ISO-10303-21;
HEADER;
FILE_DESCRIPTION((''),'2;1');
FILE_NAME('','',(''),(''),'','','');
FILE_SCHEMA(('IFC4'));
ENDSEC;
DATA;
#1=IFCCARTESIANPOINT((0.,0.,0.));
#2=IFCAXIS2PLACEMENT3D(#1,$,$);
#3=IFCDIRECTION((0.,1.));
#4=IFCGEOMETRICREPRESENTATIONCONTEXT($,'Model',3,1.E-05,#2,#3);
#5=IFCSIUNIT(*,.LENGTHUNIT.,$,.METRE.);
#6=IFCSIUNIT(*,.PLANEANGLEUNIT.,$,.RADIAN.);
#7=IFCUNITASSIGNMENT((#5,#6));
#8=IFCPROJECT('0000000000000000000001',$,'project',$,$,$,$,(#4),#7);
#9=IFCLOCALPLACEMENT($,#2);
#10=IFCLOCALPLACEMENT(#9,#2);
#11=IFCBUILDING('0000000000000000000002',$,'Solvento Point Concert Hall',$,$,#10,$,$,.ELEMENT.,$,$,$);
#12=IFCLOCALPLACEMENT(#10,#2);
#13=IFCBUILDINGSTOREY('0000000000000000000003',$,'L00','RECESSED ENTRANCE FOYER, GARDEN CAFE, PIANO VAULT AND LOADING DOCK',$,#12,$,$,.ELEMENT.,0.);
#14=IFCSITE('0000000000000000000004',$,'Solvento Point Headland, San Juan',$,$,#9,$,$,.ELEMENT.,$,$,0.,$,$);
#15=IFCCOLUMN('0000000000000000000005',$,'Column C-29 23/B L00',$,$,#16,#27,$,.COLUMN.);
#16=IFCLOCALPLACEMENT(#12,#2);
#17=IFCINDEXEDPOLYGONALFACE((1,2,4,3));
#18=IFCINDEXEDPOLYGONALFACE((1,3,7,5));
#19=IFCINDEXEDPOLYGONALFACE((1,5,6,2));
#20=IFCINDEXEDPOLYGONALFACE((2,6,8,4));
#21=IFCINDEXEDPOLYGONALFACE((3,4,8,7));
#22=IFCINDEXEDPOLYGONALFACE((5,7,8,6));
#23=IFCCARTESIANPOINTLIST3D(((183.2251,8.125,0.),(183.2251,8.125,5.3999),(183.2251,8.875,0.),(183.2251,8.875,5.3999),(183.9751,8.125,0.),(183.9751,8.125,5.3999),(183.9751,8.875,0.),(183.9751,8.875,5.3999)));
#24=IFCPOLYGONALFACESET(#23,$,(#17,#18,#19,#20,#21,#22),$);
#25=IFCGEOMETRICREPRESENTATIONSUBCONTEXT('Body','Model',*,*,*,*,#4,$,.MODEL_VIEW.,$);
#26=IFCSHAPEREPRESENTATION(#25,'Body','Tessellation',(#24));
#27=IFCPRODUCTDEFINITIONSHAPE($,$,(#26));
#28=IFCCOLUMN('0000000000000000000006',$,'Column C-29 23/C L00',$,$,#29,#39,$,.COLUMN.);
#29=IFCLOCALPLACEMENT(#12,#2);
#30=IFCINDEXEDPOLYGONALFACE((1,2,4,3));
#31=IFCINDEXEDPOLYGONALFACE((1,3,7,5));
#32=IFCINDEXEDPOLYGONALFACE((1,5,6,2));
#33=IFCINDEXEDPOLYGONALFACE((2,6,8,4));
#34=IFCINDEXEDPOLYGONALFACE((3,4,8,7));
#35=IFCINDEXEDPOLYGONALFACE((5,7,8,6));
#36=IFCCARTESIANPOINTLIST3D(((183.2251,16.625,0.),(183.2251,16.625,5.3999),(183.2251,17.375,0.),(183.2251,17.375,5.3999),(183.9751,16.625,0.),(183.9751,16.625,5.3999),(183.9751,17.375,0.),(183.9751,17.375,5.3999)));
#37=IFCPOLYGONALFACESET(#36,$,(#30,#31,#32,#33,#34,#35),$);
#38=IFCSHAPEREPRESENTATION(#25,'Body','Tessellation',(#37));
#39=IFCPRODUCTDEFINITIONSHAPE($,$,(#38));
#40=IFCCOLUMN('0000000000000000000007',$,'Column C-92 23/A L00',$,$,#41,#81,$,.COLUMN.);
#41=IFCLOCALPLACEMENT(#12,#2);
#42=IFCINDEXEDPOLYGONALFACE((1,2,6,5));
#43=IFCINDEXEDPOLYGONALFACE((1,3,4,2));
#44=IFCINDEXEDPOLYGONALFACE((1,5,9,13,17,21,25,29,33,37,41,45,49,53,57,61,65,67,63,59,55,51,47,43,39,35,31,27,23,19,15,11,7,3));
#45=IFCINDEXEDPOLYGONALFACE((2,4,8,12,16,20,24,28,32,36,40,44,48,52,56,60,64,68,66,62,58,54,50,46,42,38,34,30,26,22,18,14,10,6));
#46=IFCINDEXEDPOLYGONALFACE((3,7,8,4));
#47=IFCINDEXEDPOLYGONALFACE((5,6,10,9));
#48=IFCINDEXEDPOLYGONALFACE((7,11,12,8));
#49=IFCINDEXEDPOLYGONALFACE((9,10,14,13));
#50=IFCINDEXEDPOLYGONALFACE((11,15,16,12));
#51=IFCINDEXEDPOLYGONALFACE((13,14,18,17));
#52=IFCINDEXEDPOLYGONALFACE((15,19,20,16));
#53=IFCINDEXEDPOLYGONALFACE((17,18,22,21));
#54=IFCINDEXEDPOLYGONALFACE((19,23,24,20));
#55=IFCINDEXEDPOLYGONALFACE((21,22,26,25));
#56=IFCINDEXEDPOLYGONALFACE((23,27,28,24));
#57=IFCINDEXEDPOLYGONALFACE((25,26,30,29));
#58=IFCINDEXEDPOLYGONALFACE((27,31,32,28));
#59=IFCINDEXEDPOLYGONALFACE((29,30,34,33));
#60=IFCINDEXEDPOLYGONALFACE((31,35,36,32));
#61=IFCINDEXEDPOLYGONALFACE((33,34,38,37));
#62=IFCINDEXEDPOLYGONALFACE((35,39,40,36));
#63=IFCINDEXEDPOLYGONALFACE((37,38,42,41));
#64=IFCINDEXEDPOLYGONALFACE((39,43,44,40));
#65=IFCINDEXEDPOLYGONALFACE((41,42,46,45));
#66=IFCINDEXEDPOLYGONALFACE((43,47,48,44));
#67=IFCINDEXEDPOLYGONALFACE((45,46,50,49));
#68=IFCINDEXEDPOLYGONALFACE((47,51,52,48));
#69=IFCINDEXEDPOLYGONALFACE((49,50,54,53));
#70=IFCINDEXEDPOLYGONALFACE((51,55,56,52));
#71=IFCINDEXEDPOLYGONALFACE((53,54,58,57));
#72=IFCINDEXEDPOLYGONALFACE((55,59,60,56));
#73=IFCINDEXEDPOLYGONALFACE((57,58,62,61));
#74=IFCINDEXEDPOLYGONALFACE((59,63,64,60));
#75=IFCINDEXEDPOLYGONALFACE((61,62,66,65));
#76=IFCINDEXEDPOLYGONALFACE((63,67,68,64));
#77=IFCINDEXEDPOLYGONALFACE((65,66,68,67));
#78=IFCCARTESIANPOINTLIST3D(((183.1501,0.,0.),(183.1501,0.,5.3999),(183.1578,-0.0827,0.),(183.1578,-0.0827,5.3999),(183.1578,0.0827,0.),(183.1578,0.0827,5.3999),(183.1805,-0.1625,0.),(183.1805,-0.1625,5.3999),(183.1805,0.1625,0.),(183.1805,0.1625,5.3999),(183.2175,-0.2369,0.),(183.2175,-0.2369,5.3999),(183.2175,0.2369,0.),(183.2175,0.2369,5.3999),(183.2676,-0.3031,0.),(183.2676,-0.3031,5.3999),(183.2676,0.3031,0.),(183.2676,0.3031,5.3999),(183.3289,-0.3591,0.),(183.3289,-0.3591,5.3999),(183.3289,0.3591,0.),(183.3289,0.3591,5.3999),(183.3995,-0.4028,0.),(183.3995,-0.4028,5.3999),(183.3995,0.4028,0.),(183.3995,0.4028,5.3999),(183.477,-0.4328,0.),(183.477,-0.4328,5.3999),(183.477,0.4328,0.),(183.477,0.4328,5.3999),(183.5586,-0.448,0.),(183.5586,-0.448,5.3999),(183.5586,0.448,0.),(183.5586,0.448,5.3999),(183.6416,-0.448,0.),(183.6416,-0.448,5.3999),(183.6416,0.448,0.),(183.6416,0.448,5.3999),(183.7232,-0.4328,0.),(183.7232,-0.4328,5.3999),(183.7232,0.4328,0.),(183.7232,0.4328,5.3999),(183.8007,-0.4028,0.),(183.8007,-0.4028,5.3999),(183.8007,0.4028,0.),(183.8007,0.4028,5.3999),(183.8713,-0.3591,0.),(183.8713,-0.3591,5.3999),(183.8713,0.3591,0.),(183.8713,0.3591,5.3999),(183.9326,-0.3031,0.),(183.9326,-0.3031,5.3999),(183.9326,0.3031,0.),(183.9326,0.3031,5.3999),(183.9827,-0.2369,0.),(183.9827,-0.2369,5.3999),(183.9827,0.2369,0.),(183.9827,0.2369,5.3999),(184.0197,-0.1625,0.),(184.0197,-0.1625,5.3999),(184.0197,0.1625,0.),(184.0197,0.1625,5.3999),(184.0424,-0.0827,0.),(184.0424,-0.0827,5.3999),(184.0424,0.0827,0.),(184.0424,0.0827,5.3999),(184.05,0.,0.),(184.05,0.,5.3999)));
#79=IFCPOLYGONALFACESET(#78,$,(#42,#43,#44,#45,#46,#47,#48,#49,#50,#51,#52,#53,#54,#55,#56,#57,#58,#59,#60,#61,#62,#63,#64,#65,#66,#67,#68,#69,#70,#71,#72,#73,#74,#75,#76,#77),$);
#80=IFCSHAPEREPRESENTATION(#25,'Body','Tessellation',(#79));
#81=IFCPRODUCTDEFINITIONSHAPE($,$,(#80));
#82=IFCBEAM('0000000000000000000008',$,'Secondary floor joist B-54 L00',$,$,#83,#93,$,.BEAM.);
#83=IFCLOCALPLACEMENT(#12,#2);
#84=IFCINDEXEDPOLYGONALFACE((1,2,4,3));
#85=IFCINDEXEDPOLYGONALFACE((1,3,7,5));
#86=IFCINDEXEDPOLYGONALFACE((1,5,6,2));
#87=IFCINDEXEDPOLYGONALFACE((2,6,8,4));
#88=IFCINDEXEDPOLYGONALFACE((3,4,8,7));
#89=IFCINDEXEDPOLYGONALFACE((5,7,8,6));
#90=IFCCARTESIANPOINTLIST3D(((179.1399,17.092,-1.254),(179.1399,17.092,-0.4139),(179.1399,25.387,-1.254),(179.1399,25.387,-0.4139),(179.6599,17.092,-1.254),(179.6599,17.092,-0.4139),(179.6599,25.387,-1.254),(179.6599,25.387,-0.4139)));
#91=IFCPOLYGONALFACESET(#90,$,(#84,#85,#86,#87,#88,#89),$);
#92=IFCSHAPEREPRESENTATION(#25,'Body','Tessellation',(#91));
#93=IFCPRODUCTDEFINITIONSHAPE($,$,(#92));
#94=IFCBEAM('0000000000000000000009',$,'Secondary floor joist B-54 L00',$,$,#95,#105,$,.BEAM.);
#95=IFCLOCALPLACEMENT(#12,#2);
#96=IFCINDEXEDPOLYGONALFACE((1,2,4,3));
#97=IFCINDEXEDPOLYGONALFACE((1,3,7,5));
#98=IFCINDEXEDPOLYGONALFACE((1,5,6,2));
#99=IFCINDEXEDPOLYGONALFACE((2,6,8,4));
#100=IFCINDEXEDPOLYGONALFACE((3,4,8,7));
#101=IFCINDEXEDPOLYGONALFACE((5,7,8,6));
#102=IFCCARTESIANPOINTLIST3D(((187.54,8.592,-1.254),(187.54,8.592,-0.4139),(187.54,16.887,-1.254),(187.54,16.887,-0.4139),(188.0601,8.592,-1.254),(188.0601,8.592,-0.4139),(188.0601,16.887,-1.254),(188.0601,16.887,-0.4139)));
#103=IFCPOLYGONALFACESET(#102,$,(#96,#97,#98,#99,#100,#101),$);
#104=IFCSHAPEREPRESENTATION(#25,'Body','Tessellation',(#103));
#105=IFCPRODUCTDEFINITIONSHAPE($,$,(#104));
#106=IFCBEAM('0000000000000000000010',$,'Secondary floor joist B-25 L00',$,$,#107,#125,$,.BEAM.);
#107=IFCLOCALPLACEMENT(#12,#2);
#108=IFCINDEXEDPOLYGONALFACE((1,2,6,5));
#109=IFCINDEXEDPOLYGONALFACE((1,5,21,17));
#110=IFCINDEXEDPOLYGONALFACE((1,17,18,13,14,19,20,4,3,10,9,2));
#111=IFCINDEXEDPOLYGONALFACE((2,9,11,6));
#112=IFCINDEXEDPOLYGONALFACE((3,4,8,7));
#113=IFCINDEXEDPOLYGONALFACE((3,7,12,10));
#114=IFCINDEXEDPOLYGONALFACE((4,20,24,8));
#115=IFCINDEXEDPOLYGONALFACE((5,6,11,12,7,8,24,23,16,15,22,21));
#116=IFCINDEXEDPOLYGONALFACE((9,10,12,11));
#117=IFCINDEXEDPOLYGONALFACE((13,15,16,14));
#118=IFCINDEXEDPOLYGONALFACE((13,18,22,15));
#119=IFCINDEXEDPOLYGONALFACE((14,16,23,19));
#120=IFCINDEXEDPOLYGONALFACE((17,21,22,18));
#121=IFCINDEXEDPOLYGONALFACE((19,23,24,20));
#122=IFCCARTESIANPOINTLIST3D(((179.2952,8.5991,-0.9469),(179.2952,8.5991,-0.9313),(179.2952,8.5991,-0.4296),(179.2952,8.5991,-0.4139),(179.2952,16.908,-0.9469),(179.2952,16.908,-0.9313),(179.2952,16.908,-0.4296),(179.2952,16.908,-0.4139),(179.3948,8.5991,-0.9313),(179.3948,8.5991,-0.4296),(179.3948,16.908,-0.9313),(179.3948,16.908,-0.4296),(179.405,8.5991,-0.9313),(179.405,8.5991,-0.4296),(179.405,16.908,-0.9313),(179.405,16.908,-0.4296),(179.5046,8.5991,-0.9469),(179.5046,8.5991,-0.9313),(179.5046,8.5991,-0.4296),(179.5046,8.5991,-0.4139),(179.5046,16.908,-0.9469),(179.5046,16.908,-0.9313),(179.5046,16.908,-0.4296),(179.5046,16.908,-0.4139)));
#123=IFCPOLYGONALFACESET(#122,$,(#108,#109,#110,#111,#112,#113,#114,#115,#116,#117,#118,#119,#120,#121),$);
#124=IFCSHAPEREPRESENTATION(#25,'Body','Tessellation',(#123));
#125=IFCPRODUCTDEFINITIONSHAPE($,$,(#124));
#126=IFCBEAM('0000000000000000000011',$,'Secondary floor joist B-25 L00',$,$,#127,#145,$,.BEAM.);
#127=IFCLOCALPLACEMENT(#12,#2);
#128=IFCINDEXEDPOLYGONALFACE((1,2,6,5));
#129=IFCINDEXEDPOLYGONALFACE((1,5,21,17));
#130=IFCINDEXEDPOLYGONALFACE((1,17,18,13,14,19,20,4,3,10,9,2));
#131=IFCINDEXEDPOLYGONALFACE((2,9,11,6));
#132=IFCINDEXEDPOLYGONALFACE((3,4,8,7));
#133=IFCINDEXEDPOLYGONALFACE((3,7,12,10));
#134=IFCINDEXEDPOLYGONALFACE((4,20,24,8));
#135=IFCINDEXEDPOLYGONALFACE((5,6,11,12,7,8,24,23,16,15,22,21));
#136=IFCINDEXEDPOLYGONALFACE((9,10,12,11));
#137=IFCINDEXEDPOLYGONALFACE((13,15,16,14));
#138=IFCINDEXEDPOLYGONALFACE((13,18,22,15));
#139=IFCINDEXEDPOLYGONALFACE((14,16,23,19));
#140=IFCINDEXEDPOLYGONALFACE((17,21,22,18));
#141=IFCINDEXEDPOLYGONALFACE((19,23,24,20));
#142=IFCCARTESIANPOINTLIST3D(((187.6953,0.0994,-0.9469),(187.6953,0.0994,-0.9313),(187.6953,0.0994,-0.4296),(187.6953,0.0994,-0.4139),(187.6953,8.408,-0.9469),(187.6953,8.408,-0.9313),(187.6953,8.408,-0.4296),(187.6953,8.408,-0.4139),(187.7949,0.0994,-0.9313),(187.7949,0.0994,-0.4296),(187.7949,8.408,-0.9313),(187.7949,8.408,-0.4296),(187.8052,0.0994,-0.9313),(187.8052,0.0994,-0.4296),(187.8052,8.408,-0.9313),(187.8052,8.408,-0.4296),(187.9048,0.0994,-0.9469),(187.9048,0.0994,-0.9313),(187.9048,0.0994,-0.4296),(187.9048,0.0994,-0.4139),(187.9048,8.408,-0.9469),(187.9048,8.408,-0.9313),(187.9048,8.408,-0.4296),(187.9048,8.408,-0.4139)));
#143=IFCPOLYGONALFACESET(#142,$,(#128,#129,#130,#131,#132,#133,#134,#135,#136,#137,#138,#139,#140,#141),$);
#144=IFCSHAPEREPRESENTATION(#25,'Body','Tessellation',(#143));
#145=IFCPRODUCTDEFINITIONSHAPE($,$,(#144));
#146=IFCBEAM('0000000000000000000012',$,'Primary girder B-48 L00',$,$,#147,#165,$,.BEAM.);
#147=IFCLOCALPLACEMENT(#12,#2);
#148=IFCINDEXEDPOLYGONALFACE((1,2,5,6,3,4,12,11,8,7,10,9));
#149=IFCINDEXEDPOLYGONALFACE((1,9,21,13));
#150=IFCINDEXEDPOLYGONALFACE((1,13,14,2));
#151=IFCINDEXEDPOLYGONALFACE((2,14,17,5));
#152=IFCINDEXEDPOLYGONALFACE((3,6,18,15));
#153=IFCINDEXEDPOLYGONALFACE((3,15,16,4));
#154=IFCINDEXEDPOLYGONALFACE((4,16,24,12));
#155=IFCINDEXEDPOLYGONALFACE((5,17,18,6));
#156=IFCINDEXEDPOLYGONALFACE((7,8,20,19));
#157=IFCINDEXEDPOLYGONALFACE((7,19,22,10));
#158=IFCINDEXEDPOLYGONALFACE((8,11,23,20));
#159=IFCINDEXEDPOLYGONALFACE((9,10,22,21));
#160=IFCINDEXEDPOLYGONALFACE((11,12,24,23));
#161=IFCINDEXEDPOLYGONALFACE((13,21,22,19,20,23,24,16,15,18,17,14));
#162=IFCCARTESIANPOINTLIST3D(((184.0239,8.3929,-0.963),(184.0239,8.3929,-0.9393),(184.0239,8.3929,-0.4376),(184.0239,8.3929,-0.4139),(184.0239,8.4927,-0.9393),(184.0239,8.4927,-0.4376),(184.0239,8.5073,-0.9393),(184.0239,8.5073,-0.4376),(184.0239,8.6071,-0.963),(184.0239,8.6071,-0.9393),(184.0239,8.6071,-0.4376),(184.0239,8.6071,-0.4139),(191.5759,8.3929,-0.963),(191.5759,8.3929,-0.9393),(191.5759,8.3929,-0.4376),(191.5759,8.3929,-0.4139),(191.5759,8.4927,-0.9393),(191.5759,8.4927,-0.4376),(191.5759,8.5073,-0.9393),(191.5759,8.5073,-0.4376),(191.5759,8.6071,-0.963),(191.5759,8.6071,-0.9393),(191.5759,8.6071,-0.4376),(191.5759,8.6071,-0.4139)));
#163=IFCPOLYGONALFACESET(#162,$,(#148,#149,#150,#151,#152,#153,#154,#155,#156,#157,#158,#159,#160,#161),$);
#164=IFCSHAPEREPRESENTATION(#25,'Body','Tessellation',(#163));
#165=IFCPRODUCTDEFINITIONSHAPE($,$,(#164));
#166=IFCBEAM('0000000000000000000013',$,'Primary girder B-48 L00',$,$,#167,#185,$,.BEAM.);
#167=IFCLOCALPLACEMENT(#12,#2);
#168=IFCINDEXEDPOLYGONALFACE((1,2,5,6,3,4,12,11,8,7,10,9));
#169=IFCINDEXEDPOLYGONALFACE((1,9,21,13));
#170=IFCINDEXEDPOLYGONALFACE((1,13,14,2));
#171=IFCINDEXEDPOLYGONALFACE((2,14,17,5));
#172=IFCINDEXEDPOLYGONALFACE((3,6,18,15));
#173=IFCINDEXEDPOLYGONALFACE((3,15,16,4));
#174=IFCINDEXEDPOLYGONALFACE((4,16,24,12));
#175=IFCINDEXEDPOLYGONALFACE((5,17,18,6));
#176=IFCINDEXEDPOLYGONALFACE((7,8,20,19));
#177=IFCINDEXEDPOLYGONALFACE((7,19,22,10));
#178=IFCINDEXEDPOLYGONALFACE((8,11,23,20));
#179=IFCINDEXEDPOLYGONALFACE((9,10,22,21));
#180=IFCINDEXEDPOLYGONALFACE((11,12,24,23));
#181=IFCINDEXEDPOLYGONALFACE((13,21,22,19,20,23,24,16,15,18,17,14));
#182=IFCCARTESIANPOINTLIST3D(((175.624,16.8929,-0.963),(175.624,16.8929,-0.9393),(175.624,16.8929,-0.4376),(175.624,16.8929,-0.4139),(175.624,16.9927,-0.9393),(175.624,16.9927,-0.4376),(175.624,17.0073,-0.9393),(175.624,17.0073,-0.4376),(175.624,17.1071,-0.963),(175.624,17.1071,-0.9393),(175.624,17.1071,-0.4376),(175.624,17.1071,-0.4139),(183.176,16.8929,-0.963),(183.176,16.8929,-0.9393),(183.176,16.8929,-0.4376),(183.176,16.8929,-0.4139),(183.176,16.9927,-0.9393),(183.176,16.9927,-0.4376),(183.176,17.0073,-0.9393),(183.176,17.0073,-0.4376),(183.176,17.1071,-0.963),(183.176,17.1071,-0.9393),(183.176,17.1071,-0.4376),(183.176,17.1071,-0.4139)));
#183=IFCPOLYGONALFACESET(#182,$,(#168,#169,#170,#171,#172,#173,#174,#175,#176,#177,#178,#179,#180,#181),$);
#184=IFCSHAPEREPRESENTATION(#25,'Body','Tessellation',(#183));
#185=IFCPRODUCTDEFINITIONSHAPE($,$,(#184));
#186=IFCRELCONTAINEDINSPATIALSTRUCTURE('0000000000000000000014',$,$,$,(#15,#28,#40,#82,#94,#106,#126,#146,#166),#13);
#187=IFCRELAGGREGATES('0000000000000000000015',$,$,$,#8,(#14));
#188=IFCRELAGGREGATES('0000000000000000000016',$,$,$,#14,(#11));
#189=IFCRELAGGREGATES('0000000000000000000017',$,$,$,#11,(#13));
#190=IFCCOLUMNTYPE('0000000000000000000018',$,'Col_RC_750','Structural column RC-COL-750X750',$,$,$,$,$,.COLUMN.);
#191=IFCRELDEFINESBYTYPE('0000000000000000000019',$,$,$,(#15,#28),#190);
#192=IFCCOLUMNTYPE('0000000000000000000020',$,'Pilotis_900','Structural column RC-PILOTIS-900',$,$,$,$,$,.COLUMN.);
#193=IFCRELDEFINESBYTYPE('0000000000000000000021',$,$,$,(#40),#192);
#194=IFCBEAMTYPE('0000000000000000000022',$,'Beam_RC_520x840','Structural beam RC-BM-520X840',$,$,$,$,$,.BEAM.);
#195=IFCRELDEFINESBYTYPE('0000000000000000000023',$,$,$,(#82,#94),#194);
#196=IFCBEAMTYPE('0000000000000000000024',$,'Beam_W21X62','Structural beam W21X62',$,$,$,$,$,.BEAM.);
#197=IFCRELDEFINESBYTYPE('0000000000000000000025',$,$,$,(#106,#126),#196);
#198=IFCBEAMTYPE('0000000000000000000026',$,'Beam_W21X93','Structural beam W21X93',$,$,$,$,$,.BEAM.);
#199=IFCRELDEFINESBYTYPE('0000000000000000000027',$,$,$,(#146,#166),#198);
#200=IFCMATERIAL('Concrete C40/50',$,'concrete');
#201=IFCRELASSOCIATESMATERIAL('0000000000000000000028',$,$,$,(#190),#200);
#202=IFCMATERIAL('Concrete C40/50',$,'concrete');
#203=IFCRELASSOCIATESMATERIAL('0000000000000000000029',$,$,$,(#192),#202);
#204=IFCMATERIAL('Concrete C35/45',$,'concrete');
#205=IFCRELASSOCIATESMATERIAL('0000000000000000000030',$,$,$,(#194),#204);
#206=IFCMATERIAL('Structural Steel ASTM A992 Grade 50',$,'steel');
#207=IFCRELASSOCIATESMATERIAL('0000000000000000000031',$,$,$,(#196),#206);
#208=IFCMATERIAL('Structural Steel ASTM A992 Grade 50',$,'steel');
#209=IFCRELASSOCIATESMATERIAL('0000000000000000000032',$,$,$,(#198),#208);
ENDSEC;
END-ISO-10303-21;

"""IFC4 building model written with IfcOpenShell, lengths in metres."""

from ifc_helpers import new_model, si_unit, direction, frame, origin, origin_2d, place, context, subcontext, project, spatial, rectangle, circle, i_section, extrude, material, material_profile, profile_set, type_object, element, save


model = new_model("IFC4")

# Units and contexts
model_context = context("Model", 3, precision=1e-05, world=origin(), true_north=direction((0.0, 1.0)))
body_context = subcontext(model_context, "Body", "Model", "MODEL_VIEW")
ifc_project = project(units=[si_unit("LENGTHUNIT", "METRE"), si_unit("PLANEANGLEUNIT", "RADIAN")], contexts=[model_context])

# Site, building, storey
site_placement = place(None, origin())
site = spatial("IfcSite", under=ifc_project, at=site_placement, Name="Solvento Point Headland, San Juan", CompositionType="ELEMENT", RefElevation=0.0)
building_placement = place(site_placement, origin())
building = spatial("IfcBuilding", under=site, at=building_placement, Name="Solvento Point Concert Hall", CompositionType="ELEMENT")
storey_placement = place(building_placement, origin())
storey = spatial("IfcBuildingStorey", under=building, at=storey_placement, Name="L00", Description="RECESSED ENTRANCE FOYER, GARDEN CAFE, PIANO VAULT AND LOADING DOCK", CompositionType="ELEMENT", Elevation=0.0)

# Columns
ifc_material_1 = material(Name="Concrete C40/50", Category="concrete")
ifc_material_profile_1 = material_profile(ifc_material_1, rectangle(XDim=0.75, YDim=0.75, at=origin_2d()), Name="RC-COL-750X750")
ifc_profile_set_1 = profile_set([ifc_material_profile_1], Name="Concrete C40/50")
column_type_1 = type_object("IfcColumnType", Name="Col_RC_750", Description="Structural column RC-COL-750X750", PredefinedType="COLUMN", material=ifc_profile_set_1)
for number, where, z_axis, x_axis, name in (
    (1, (183.6001, 8.5, 0.0), (0.0, 0.0, 1.0), (1.0, 0.0, 0.0), "Column C-29 23/B L00"),
    (2, (183.6001, 17.0, 0.0), (0.0, 0.0, 1.0), (1.0, 0.0, 0.0), "Column C-29 23/C L00"),
):
    element("IfcColumn", number, at=place(storey_placement, frame(where, z_axis=z_axis, x_axis=x_axis)), inside=storey, type_object=column_type_1, Name=name, PredefinedType="COLUMN", context=body_context, shape_type="SweptSolid", body=[
        extrude(rectangle(XDim=0.75, YDim=0.75, at=origin_2d()), origin(), (0.0, 0.0, 1.0), 5.3999),
    ])
ifc_material_2 = material(Name="Concrete C40/50", Category="concrete")
ifc_material_profile_2 = material_profile(ifc_material_2, circle(Radius=0.45, at=origin_2d()), Name="RC-PILOTIS-900")
ifc_profile_set_2 = profile_set([ifc_material_profile_2], Name="Concrete C40/50")
column_type_2 = type_object("IfcColumnType", Name="Pilotis_900", Description="Structural column RC-PILOTIS-900", PredefinedType="COLUMN", material=ifc_profile_set_2)
column_placement = place(storey_placement, frame((183.6001, 0.0, 0.0), z_axis=(0.0, 0.0, 1.0), x_axis=(1.0, 0.0, 0.0)))
element("IfcColumn", 3, at=column_placement, inside=storey, type_object=column_type_2, Name="Column C-92 23/A L00", PredefinedType="COLUMN", context=body_context, shape_type="SweptSolid", body=[
    extrude(circle(Radius=0.45, at=origin_2d()), origin(), (0.0, 0.0, 1.0), 5.3999),
])

# Beams
ifc_material_3 = material(Name="Concrete C35/45", Category="concrete")
ifc_material_profile_3 = material_profile(ifc_material_3, rectangle(XDim=0.52, YDim=0.8401, at=origin_2d()), Name="RC-BM-520X840")
ifc_profile_set_3 = profile_set([ifc_material_profile_3], Name="Concrete C35/45")
beam_type_1 = type_object("IfcBeamType", Name="Beam_RC_520x840", Description="Structural beam RC-BM-520X840", PredefinedType="BEAM", material=ifc_profile_set_3)
for number, where, z_axis, x_axis, name in (
    (4, (179.3999, 17.092, -0.834), (0.0, 1.0, 0.0), (-1.0, 0.0, 0.0), "Secondary floor joist B-54 L00"),
    (5, (187.8, 8.592, -0.834), (0.0, 1.0, 0.0), (-1.0, 0.0, 0.0), "Secondary floor joist B-54 L00"),
):
    element("IfcBeam", number, at=place(storey_placement, frame(where, z_axis=z_axis, x_axis=x_axis)), inside=storey, type_object=beam_type_1, Name=name, PredefinedType="BEAM", context=body_context, shape_type="SweptSolid", body=[
        extrude(rectangle(XDim=0.52, YDim=0.8401, at=origin_2d()), origin(), (0.0, 0.0, 1.0), 8.2949),
    ])
ifc_material_4 = material(Name="Structural Steel ASTM A992 Grade 50", Category="steel")
ifc_material_profile_4 = material_profile(ifc_material_4, i_section(OverallWidth=0.2095, OverallDepth=0.533, WebThickness=0.0103, FlangeThickness=0.0156, at=origin_2d()), Name="W21X62")
ifc_profile_set_4 = profile_set([ifc_material_profile_4], Name="Structural Steel ASTM A992 Grade 50")
beam_type_2 = type_object("IfcBeamType", Name="Beam_W21X62", Description="Structural beam W21X62", PredefinedType="BEAM", material=ifc_profile_set_4)
beam_1_placement = place(storey_placement, frame((179.3999, 8.5991, -0.6804), z_axis=(0.0, 1.0, 0.0), x_axis=(-1.0, 0.0, 0.0)))
element("IfcBeam", 6, at=beam_1_placement, inside=storey, type_object=beam_type_2, Name="Secondary floor joist B-25 L00", PredefinedType="BEAM", context=body_context, shape_type="SweptSolid", body=[
    extrude(i_section(OverallWidth=0.2095, OverallDepth=0.533, WebThickness=0.0103, FlangeThickness=0.0156, at=origin_2d()), origin(), (0.0, 0.0, 1.0), 8.3088),
])
beam_2_placement = place(storey_placement, frame((187.8, 0.0994, -0.6804), z_axis=(0.0, 1.0, 0.0), x_axis=(-1.0, 0.0, 0.0)))
element("IfcBeam", 7, at=beam_2_placement, inside=storey, type_object=beam_type_2, Name="Secondary floor joist B-25 L00", PredefinedType="BEAM", context=body_context, shape_type="SweptSolid", body=[
    extrude(i_section(OverallWidth=0.2095, OverallDepth=0.533, WebThickness=0.0103, FlangeThickness=0.0156, at=origin_2d()), origin(), (0.0, 0.0, 1.0), 8.3086),
])
ifc_material_5 = material(Name="Structural Steel ASTM A992 Grade 50", Category="steel")
ifc_material_profile_5 = material_profile(ifc_material_5, i_section(OverallWidth=0.2141, OverallDepth=0.5491, WebThickness=0.0146, FlangeThickness=0.0237, at=origin_2d()), Name="W21X93")
ifc_profile_set_5 = profile_set([ifc_material_profile_5], Name="Structural Steel ASTM A992 Grade 50")
beam_type_3 = type_object("IfcBeamType", Name="Beam_W21X93", Description="Structural beam W21X93", PredefinedType="BEAM", material=ifc_profile_set_5)
for number, where, z_axis, x_axis, name in (
    (8, (184.0239, 8.5, -0.6885), (1.0, 0.0, 0.0), (0.0, 1.0, 0.0), "Primary girder B-48 L00"),
    (9, (175.624, 17.0, -0.6885), (1.0, 0.0, 0.0), (0.0, 1.0, 0.0), "Primary girder B-48 L00"),
):
    element("IfcBeam", number, at=place(storey_placement, frame(where, z_axis=z_axis, x_axis=x_axis)), inside=storey, type_object=beam_type_3, Name=name, PredefinedType="BEAM", context=body_context, shape_type="SweptSolid", body=[
        extrude(i_section(OverallWidth=0.2141, OverallDepth=0.5491, WebThickness=0.0146, FlangeThickness=0.0237, at=origin_2d()), origin(), (0.0, 0.0, 1.0), 7.552),
    ])

save(model, "model.ifc")
